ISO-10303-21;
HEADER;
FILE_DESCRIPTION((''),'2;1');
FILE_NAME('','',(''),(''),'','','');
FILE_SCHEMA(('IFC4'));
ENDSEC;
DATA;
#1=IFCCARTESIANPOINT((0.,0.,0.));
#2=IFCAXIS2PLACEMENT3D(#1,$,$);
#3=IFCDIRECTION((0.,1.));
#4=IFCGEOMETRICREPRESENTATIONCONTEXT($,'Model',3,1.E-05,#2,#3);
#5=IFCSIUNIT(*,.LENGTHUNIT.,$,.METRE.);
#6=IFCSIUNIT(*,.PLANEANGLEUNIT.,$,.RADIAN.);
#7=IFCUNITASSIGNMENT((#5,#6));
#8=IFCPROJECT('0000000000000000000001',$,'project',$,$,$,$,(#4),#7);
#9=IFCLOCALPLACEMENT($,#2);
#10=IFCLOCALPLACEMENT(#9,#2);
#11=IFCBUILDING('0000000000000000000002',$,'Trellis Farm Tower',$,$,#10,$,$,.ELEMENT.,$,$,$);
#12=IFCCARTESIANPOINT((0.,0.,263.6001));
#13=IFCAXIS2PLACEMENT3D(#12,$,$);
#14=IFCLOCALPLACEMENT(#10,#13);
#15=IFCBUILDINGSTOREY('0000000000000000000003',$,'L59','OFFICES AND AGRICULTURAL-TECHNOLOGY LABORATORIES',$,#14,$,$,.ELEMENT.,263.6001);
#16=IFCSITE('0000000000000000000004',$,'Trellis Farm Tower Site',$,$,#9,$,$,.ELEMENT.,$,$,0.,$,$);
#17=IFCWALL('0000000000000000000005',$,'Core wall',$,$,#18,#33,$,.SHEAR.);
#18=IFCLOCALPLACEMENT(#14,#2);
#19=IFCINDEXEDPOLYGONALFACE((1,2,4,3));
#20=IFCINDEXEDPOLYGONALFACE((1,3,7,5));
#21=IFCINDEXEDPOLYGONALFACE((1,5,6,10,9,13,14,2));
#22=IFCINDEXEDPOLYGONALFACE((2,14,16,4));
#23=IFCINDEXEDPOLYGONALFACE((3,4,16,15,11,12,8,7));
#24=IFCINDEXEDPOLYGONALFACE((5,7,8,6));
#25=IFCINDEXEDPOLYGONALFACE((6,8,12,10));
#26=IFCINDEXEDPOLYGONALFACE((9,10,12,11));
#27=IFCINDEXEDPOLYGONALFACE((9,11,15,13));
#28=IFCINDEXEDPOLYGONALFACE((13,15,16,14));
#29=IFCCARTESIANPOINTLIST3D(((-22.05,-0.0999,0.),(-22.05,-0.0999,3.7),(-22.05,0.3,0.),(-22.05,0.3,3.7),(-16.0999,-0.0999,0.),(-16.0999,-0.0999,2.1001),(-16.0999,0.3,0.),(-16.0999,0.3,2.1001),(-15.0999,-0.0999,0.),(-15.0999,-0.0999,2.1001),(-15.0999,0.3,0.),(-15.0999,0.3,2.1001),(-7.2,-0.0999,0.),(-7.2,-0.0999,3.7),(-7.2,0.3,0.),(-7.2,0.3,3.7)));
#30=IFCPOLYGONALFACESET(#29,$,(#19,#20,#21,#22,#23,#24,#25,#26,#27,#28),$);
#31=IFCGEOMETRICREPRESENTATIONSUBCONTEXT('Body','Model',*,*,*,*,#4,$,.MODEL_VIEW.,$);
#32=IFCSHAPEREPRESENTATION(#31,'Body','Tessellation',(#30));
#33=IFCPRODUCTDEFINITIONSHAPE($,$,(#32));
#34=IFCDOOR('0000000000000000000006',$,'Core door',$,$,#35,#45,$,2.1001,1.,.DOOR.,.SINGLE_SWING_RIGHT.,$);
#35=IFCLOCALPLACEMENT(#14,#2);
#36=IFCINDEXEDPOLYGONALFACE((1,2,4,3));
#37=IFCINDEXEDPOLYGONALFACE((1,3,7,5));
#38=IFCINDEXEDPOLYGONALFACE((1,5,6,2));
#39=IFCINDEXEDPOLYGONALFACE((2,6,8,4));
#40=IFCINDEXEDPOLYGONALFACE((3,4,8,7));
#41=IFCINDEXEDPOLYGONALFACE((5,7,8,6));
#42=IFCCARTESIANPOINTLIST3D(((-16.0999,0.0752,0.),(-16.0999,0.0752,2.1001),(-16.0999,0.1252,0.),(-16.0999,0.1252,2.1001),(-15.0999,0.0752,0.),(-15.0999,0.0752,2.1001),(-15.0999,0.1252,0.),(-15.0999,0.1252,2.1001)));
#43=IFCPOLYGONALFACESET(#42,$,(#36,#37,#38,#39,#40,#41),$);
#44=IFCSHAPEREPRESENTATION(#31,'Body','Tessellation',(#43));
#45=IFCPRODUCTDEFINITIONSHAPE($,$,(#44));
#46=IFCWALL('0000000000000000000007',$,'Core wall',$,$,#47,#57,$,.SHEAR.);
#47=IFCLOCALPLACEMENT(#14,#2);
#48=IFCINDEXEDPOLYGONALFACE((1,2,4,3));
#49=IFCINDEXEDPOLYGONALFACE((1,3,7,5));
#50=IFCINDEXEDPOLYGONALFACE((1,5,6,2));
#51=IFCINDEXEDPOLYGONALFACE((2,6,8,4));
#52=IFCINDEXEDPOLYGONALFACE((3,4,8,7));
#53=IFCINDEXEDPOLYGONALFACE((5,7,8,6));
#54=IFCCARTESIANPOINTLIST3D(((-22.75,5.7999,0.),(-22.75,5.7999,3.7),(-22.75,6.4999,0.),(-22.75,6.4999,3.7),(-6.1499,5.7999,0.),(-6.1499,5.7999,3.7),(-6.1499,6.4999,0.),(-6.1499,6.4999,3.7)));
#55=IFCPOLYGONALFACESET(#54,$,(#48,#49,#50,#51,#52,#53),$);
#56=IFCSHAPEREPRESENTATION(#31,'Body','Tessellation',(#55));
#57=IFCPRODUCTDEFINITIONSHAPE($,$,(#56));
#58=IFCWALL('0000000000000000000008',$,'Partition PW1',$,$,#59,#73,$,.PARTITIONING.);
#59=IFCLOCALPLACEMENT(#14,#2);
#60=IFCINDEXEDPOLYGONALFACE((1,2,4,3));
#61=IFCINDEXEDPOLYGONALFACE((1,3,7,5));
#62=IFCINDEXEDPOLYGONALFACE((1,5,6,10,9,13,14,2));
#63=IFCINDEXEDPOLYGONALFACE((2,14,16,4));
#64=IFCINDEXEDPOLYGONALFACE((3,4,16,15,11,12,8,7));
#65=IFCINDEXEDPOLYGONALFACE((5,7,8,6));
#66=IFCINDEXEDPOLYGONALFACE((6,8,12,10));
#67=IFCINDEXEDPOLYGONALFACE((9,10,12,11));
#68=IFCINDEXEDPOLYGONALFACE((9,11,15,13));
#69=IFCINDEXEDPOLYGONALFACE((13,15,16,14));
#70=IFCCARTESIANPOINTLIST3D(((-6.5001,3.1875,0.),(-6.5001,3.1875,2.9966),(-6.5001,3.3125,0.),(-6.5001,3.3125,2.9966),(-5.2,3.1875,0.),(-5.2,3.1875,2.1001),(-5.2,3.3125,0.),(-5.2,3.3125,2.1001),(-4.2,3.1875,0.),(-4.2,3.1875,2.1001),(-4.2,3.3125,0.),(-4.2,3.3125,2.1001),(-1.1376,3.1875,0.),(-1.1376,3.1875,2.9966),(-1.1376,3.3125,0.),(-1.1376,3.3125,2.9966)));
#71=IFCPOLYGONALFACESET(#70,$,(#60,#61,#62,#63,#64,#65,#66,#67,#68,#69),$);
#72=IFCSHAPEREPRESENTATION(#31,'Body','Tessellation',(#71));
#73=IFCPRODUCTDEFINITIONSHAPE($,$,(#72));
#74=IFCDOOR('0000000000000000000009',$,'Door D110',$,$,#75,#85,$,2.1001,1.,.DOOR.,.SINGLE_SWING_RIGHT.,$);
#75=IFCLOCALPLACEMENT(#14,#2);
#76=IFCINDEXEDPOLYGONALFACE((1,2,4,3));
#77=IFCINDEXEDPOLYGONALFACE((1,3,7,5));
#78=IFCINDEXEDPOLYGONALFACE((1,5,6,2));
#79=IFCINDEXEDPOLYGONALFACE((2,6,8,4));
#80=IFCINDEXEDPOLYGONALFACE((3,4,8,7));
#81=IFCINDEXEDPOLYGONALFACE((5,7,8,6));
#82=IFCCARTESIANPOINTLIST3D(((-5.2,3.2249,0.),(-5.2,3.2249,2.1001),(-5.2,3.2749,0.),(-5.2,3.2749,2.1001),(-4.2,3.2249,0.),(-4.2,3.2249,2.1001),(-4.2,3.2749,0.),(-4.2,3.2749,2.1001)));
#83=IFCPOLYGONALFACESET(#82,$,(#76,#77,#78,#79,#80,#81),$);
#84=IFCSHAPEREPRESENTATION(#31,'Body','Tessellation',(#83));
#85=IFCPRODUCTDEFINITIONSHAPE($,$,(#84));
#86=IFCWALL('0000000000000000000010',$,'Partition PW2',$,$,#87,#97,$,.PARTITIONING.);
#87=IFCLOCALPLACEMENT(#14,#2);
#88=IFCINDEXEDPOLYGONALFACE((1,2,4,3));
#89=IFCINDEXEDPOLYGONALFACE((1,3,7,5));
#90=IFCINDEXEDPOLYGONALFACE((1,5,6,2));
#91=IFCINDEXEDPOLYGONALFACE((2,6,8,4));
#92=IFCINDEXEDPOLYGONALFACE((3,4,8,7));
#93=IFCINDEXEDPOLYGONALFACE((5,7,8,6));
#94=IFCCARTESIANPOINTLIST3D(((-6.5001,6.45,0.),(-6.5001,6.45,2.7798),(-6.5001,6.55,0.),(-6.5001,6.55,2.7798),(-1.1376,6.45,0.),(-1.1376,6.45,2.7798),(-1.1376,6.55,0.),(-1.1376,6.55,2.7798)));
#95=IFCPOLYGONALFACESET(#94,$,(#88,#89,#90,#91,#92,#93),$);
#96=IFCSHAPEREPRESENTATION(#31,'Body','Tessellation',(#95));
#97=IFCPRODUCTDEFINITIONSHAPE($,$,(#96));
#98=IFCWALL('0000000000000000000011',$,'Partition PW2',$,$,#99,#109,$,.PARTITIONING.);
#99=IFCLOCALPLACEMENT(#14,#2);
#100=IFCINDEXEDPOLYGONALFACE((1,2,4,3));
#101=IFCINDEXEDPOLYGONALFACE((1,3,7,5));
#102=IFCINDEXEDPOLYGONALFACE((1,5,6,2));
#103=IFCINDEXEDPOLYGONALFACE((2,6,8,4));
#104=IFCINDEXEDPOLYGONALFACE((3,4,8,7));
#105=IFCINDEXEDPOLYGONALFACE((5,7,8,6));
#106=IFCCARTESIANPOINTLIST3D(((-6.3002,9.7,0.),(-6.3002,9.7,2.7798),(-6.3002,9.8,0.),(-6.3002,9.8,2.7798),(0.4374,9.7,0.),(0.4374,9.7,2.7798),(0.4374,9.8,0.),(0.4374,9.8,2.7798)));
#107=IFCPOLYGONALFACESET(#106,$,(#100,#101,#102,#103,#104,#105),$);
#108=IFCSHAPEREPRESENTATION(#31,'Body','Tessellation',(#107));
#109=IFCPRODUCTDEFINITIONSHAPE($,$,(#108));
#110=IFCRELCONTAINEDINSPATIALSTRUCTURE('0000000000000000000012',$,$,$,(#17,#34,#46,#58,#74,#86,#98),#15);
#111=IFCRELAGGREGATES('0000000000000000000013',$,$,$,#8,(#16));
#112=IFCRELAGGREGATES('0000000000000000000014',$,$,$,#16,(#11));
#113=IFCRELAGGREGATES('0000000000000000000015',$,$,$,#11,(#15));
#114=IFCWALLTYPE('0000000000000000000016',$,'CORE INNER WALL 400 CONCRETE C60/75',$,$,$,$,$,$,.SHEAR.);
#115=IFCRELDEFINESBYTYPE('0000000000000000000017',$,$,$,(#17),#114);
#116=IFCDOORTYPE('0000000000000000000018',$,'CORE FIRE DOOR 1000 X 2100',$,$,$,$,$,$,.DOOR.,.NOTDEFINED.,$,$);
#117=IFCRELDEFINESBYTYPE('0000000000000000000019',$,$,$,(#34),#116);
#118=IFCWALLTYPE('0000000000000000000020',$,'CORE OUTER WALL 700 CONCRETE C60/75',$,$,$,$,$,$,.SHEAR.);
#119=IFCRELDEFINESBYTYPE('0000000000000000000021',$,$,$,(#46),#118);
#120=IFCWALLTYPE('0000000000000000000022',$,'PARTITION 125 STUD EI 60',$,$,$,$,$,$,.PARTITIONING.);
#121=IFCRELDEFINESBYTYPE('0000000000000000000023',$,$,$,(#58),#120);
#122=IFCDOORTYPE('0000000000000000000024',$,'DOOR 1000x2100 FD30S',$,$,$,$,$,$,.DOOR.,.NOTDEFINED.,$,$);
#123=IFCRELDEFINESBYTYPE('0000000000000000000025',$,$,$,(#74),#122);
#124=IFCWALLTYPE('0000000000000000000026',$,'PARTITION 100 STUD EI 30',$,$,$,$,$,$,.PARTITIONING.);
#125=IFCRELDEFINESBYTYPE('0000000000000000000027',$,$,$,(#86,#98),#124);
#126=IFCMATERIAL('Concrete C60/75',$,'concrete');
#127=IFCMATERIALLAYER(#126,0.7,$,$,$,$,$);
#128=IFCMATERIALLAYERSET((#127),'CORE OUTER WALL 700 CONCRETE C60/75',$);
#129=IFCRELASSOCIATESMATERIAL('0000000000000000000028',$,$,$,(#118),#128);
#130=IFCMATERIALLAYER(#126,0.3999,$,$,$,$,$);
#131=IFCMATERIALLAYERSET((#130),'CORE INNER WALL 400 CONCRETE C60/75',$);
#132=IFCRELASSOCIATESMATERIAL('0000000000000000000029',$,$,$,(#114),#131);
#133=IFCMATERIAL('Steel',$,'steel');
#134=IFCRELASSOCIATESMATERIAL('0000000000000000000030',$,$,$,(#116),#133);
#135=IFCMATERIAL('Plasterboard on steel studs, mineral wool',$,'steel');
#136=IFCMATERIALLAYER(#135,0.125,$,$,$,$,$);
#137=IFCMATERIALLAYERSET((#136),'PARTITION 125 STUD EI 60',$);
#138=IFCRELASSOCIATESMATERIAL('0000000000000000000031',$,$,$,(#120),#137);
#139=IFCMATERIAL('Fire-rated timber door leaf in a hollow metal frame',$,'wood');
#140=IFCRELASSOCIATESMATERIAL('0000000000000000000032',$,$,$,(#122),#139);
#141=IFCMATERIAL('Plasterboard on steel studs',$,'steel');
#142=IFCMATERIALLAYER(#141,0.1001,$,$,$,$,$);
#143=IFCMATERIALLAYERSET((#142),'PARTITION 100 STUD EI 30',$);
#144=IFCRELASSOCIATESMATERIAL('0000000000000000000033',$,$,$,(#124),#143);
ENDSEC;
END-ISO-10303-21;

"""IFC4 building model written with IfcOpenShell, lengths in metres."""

from ifc_helpers import new_model, si_unit, direction, frame, frame_2d, origin, place, context, subcontext, project, spatial, rectangle, extrude, source, transform, mapped, material, layer, layer_set, type_object, element, fill, save


model = new_model("IFC4")

# Units and contexts
model_context = context("Model", 3, precision=1e-05, world=origin(), true_north=direction((0.0, 1.0)))
body_context = subcontext(model_context, "Body", "Model", "MODEL_VIEW")
ifc_project = project(units=[si_unit("LENGTHUNIT", "METRE"), si_unit("PLANEANGLEUNIT", "RADIAN")], contexts=[model_context])

# Site, building, storey
site_placement = place(None, origin())
site = spatial("IfcSite", under=ifc_project, at=site_placement, Name="Trellis Farm Tower Site", CompositionType="ELEMENT", RefElevation=0.0)
building_placement = place(site_placement, origin())
building = spatial("IfcBuilding", under=site, at=building_placement, Name="Trellis Farm Tower", CompositionType="ELEMENT")
storey_placement = place(building_placement, frame((0.0, 0.0, 263.6001)))
storey = spatial("IfcBuildingStorey", under=building, at=storey_placement, Name="L59", Description="OFFICES AND AGRICULTURAL-TECHNOLOGY LABORATORIES", CompositionType="ELEMENT", Elevation=263.6001)

# Shared definitions
ifc_material_1 = material(Name="Concrete C60/75", Category="concrete")

# Shared definitions
ifc_layer_1 = layer(ifc_material_1, 0.7)
ifc_layer_set_1 = layer_set([ifc_layer_1], Name="CORE OUTER WALL 700 CONCRETE C60/75")
wall_type_1 = type_object("IfcWallType", Name="CORE OUTER WALL 700 CONCRETE C60/75", PredefinedType="SHEAR", material=ifc_layer_set_1)
ifc_material_2 = material(Name="Steel", Category="steel")

# Shared definitions
ifc_layer_2 = layer(ifc_material_1, 0.3999)
ifc_layer_set_2 = layer_set([ifc_layer_2], Name="CORE INNER WALL 400 CONCRETE C60/75")
wall_type_2 = type_object("IfcWallType", Name="CORE INNER WALL 400 CONCRETE C60/75", PredefinedType="SHEAR", material=ifc_layer_set_2)
shared_shape_1 = source(origin(), body_context, "Body", "SweptSolid", [
    extrude(rectangle(XDim=1.0, YDim=2.1001, at=frame_2d((0.5, 1.05))), frame((0.0, 0.21, 0.0), z_axis=(0.0, -1.0, 0.0), x_axis=(1.0, 0.0, 0.0)), (0.0, 0.0, 1.0), 0.4199),
])
door_type_1 = type_object("IfcDoorType", Name="CORE FIRE DOOR 1000 X 2100", OperationType="NOTDEFINED", PredefinedType="DOOR", material=ifc_material_2)
shared_shape_2 = source(origin(), body_context, "Body", "SweptSolid", [
    extrude(rectangle(XDim=1.0, YDim=2.1001, at=frame_2d((0.5, 1.05))), frame((0.0, 0.0249, 0.0), z_axis=(0.0, -1.0, 0.0), x_axis=(1.0, 0.0, 0.0)), (0.0, 0.0, 1.0), 0.05),
])

# Wall, opening, door
shared_shape_3 = source(origin(), body_context, "Body", "SweptSolid", [
    extrude(rectangle(XDim=14.8501, YDim=0.3999, at=frame_2d((7.425, 0.0))), origin(), (0.0, 0.0, 1.0), 3.7),
])
wall_1_placement = place(storey_placement, frame((-7.2, 0.1001, 0.0), z_axis=(0.0, 0.0, 1.0), x_axis=(-1.0, 0.0, 0.0)))
wall_1 = element("IfcWall", 1, at=wall_1_placement, inside=storey, type_object=wall_type_2, Name="Core wall", PredefinedType="SHEAR", context=body_context, shape_type="MappedRepresentation", body=[
    mapped(shared_shape_3, transform((0.0, 0.0, 0.0))),
])
opening_1_placement = place(wall_1_placement, frame((7.8999, 0.0, 0.0)))
opening_1 = element("IfcOpeningElement", 2, at=opening_1_placement, cuts=wall_1, PredefinedType="OPENING", context=body_context, shape_type="MappedRepresentation", body=[
    mapped(shared_shape_1, transform((0.0, 0.0, 0.0))),
])
door_1_placement = place(opening_1_placement, origin())
door_1 = element("IfcDoor", 3, at=door_1_placement, inside=storey, type_object=door_type_1, Name="Core door", OperationType="SINGLE_SWING_RIGHT", OverallHeight=2.1001, OverallWidth=1.0, PredefinedType="DOOR", context=body_context, shape_type="MappedRepresentation", body=[
    mapped(shared_shape_2, transform((0.0, 0.0, 0.0))),
])
fill(opening_1, door_1)

# Wall
shared_shape_4 = source(origin(), body_context, "Body", "SweptSolid", [
    extrude(rectangle(XDim=16.6001, YDim=0.7, at=frame_2d((8.3, 0.0))), origin(), (0.0, 0.0, 1.0), 3.7),
])
wall_2_placement = place(storey_placement, frame((-6.1499, 6.1499, 0.0), z_axis=(0.0, 0.0, 1.0), x_axis=(-1.0, 0.0, 0.0)))
element("IfcWall", 4, at=wall_2_placement, inside=storey, type_object=wall_type_1, Name="Core wall", PredefinedType="SHEAR", context=body_context, shape_type="MappedRepresentation", body=[
    mapped(shared_shape_4, transform((0.0, 0.0, 0.0))),
])

# Wall, opening, door
ifc_material_3 = material(Name="Plasterboard on steel studs, mineral wool", Category="steel")
ifc_layer_3 = layer(ifc_material_3, 0.125)
ifc_layer_set_3 = layer_set([ifc_layer_3], Name="PARTITION 125 STUD EI 60")
wall_type_3 = type_object("IfcWallType", Name="PARTITION 125 STUD EI 60", PredefinedType="PARTITIONING", material=ifc_layer_set_3)
shared_shape_5 = source(origin(), body_context, "Body", "SweptSolid", [
    extrude(rectangle(XDim=5.3625, YDim=0.125, at=frame_2d((2.6812, 0.0))), origin(), (0.0, 0.0, 1.0), 2.9966),
])
wall_3_placement = place(storey_placement, frame((-6.5, 3.25, 0.0), z_axis=(0.0, 0.0, 1.0), x_axis=(1.0, 0.0, 0.0)))
wall_3 = element("IfcWall", 5, at=wall_3_placement, inside=storey, type_object=wall_type_3, Name="Partition PW1", PredefinedType="PARTITIONING", context=body_context, shape_type="MappedRepresentation", body=[
    mapped(shared_shape_5, transform((0.0, 0.0, 0.0))),
])
shared_shape_6 = source(origin(), body_context, "Body", "SweptSolid", [
    extrude(rectangle(XDim=1.0, YDim=2.1001, at=frame_2d((0.5, 1.05))), frame((0.0, 0.0725, 0.0), z_axis=(0.0, -1.0, 0.0), x_axis=(1.0, 0.0, 0.0)), (0.0, 0.0, 1.0), 0.145),
])
opening_2_placement = place(wall_3_placement, frame((1.3, 0.0, 0.0)))
opening_2 = element("IfcOpeningElement", 6, at=opening_2_placement, cuts=wall_3, PredefinedType="OPENING", context=body_context, shape_type="MappedRepresentation", body=[
    mapped(shared_shape_6, transform((0.0, 0.0, 0.0))),
])
ifc_material_4 = material(Name="Fire-rated timber door leaf in a hollow metal frame", Category="wood")
door_type_2 = type_object("IfcDoorType", Name="DOOR 1000x2100 FD30S", OperationType="NOTDEFINED", PredefinedType="DOOR", material=ifc_material_4)
door_2_placement = place(opening_2_placement, origin())
door_2 = element("IfcDoor", 7, at=door_2_placement, inside=storey, type_object=door_type_2, Name="Door D110", OperationType="SINGLE_SWING_RIGHT", OverallHeight=2.1001, OverallWidth=1.0, PredefinedType="DOOR", context=body_context, shape_type="MappedRepresentation", body=[
    mapped(shared_shape_2, transform((0.0, 0.0, 0.0))),
])
fill(opening_2, door_2)

# Walls
ifc_material_5 = material(Name="Plasterboard on steel studs", Category="steel")
ifc_layer_4 = layer(ifc_material_5, 0.1001)
ifc_layer_set_4 = layer_set([ifc_layer_4], Name="PARTITION 100 STUD EI 30")
wall_type_4 = type_object("IfcWallType", Name="PARTITION 100 STUD EI 30", PredefinedType="PARTITIONING", material=ifc_layer_set_4)
shared_shape_7 = source(origin(), body_context, "Body", "SweptSolid", [
    extrude(rectangle(XDim=5.3625, YDim=0.1001, at=frame_2d((2.6812, 0.0))), origin(), (0.0, 0.0, 1.0), 2.7798),
])
wall_4_placement = place(storey_placement, frame((-6.5, 6.5, 0.0), z_axis=(0.0, 0.0, 1.0), x_axis=(1.0, 0.0, 0.0)))
element("IfcWall", 8, at=wall_4_placement, inside=storey, type_object=wall_type_4, Name="Partition PW2", PredefinedType="PARTITIONING", context=body_context, shape_type="MappedRepresentation", body=[
    mapped(shared_shape_7, transform((0.0, 0.0, 0.0))),
])
shared_shape_8 = source(origin(), body_context, "Body", "SweptSolid", [
    extrude(rectangle(XDim=6.7375, YDim=0.1001, at=frame_2d((3.3687, 0.0))), origin(), (0.0, 0.0, 1.0), 2.7798),
])
wall_5_placement = place(storey_placement, frame((-6.3, 9.75, 0.0), z_axis=(0.0, 0.0, 1.0), x_axis=(1.0, 0.0, 0.0)))
element("IfcWall", 9, at=wall_5_placement, inside=storey, type_object=wall_type_4, Name="Partition PW2", PredefinedType="PARTITIONING", context=body_context, shape_type="MappedRepresentation", body=[
    mapped(shared_shape_8, transform((0.0, 0.0, 0.0))),
])

save(model, "model.ifc")
